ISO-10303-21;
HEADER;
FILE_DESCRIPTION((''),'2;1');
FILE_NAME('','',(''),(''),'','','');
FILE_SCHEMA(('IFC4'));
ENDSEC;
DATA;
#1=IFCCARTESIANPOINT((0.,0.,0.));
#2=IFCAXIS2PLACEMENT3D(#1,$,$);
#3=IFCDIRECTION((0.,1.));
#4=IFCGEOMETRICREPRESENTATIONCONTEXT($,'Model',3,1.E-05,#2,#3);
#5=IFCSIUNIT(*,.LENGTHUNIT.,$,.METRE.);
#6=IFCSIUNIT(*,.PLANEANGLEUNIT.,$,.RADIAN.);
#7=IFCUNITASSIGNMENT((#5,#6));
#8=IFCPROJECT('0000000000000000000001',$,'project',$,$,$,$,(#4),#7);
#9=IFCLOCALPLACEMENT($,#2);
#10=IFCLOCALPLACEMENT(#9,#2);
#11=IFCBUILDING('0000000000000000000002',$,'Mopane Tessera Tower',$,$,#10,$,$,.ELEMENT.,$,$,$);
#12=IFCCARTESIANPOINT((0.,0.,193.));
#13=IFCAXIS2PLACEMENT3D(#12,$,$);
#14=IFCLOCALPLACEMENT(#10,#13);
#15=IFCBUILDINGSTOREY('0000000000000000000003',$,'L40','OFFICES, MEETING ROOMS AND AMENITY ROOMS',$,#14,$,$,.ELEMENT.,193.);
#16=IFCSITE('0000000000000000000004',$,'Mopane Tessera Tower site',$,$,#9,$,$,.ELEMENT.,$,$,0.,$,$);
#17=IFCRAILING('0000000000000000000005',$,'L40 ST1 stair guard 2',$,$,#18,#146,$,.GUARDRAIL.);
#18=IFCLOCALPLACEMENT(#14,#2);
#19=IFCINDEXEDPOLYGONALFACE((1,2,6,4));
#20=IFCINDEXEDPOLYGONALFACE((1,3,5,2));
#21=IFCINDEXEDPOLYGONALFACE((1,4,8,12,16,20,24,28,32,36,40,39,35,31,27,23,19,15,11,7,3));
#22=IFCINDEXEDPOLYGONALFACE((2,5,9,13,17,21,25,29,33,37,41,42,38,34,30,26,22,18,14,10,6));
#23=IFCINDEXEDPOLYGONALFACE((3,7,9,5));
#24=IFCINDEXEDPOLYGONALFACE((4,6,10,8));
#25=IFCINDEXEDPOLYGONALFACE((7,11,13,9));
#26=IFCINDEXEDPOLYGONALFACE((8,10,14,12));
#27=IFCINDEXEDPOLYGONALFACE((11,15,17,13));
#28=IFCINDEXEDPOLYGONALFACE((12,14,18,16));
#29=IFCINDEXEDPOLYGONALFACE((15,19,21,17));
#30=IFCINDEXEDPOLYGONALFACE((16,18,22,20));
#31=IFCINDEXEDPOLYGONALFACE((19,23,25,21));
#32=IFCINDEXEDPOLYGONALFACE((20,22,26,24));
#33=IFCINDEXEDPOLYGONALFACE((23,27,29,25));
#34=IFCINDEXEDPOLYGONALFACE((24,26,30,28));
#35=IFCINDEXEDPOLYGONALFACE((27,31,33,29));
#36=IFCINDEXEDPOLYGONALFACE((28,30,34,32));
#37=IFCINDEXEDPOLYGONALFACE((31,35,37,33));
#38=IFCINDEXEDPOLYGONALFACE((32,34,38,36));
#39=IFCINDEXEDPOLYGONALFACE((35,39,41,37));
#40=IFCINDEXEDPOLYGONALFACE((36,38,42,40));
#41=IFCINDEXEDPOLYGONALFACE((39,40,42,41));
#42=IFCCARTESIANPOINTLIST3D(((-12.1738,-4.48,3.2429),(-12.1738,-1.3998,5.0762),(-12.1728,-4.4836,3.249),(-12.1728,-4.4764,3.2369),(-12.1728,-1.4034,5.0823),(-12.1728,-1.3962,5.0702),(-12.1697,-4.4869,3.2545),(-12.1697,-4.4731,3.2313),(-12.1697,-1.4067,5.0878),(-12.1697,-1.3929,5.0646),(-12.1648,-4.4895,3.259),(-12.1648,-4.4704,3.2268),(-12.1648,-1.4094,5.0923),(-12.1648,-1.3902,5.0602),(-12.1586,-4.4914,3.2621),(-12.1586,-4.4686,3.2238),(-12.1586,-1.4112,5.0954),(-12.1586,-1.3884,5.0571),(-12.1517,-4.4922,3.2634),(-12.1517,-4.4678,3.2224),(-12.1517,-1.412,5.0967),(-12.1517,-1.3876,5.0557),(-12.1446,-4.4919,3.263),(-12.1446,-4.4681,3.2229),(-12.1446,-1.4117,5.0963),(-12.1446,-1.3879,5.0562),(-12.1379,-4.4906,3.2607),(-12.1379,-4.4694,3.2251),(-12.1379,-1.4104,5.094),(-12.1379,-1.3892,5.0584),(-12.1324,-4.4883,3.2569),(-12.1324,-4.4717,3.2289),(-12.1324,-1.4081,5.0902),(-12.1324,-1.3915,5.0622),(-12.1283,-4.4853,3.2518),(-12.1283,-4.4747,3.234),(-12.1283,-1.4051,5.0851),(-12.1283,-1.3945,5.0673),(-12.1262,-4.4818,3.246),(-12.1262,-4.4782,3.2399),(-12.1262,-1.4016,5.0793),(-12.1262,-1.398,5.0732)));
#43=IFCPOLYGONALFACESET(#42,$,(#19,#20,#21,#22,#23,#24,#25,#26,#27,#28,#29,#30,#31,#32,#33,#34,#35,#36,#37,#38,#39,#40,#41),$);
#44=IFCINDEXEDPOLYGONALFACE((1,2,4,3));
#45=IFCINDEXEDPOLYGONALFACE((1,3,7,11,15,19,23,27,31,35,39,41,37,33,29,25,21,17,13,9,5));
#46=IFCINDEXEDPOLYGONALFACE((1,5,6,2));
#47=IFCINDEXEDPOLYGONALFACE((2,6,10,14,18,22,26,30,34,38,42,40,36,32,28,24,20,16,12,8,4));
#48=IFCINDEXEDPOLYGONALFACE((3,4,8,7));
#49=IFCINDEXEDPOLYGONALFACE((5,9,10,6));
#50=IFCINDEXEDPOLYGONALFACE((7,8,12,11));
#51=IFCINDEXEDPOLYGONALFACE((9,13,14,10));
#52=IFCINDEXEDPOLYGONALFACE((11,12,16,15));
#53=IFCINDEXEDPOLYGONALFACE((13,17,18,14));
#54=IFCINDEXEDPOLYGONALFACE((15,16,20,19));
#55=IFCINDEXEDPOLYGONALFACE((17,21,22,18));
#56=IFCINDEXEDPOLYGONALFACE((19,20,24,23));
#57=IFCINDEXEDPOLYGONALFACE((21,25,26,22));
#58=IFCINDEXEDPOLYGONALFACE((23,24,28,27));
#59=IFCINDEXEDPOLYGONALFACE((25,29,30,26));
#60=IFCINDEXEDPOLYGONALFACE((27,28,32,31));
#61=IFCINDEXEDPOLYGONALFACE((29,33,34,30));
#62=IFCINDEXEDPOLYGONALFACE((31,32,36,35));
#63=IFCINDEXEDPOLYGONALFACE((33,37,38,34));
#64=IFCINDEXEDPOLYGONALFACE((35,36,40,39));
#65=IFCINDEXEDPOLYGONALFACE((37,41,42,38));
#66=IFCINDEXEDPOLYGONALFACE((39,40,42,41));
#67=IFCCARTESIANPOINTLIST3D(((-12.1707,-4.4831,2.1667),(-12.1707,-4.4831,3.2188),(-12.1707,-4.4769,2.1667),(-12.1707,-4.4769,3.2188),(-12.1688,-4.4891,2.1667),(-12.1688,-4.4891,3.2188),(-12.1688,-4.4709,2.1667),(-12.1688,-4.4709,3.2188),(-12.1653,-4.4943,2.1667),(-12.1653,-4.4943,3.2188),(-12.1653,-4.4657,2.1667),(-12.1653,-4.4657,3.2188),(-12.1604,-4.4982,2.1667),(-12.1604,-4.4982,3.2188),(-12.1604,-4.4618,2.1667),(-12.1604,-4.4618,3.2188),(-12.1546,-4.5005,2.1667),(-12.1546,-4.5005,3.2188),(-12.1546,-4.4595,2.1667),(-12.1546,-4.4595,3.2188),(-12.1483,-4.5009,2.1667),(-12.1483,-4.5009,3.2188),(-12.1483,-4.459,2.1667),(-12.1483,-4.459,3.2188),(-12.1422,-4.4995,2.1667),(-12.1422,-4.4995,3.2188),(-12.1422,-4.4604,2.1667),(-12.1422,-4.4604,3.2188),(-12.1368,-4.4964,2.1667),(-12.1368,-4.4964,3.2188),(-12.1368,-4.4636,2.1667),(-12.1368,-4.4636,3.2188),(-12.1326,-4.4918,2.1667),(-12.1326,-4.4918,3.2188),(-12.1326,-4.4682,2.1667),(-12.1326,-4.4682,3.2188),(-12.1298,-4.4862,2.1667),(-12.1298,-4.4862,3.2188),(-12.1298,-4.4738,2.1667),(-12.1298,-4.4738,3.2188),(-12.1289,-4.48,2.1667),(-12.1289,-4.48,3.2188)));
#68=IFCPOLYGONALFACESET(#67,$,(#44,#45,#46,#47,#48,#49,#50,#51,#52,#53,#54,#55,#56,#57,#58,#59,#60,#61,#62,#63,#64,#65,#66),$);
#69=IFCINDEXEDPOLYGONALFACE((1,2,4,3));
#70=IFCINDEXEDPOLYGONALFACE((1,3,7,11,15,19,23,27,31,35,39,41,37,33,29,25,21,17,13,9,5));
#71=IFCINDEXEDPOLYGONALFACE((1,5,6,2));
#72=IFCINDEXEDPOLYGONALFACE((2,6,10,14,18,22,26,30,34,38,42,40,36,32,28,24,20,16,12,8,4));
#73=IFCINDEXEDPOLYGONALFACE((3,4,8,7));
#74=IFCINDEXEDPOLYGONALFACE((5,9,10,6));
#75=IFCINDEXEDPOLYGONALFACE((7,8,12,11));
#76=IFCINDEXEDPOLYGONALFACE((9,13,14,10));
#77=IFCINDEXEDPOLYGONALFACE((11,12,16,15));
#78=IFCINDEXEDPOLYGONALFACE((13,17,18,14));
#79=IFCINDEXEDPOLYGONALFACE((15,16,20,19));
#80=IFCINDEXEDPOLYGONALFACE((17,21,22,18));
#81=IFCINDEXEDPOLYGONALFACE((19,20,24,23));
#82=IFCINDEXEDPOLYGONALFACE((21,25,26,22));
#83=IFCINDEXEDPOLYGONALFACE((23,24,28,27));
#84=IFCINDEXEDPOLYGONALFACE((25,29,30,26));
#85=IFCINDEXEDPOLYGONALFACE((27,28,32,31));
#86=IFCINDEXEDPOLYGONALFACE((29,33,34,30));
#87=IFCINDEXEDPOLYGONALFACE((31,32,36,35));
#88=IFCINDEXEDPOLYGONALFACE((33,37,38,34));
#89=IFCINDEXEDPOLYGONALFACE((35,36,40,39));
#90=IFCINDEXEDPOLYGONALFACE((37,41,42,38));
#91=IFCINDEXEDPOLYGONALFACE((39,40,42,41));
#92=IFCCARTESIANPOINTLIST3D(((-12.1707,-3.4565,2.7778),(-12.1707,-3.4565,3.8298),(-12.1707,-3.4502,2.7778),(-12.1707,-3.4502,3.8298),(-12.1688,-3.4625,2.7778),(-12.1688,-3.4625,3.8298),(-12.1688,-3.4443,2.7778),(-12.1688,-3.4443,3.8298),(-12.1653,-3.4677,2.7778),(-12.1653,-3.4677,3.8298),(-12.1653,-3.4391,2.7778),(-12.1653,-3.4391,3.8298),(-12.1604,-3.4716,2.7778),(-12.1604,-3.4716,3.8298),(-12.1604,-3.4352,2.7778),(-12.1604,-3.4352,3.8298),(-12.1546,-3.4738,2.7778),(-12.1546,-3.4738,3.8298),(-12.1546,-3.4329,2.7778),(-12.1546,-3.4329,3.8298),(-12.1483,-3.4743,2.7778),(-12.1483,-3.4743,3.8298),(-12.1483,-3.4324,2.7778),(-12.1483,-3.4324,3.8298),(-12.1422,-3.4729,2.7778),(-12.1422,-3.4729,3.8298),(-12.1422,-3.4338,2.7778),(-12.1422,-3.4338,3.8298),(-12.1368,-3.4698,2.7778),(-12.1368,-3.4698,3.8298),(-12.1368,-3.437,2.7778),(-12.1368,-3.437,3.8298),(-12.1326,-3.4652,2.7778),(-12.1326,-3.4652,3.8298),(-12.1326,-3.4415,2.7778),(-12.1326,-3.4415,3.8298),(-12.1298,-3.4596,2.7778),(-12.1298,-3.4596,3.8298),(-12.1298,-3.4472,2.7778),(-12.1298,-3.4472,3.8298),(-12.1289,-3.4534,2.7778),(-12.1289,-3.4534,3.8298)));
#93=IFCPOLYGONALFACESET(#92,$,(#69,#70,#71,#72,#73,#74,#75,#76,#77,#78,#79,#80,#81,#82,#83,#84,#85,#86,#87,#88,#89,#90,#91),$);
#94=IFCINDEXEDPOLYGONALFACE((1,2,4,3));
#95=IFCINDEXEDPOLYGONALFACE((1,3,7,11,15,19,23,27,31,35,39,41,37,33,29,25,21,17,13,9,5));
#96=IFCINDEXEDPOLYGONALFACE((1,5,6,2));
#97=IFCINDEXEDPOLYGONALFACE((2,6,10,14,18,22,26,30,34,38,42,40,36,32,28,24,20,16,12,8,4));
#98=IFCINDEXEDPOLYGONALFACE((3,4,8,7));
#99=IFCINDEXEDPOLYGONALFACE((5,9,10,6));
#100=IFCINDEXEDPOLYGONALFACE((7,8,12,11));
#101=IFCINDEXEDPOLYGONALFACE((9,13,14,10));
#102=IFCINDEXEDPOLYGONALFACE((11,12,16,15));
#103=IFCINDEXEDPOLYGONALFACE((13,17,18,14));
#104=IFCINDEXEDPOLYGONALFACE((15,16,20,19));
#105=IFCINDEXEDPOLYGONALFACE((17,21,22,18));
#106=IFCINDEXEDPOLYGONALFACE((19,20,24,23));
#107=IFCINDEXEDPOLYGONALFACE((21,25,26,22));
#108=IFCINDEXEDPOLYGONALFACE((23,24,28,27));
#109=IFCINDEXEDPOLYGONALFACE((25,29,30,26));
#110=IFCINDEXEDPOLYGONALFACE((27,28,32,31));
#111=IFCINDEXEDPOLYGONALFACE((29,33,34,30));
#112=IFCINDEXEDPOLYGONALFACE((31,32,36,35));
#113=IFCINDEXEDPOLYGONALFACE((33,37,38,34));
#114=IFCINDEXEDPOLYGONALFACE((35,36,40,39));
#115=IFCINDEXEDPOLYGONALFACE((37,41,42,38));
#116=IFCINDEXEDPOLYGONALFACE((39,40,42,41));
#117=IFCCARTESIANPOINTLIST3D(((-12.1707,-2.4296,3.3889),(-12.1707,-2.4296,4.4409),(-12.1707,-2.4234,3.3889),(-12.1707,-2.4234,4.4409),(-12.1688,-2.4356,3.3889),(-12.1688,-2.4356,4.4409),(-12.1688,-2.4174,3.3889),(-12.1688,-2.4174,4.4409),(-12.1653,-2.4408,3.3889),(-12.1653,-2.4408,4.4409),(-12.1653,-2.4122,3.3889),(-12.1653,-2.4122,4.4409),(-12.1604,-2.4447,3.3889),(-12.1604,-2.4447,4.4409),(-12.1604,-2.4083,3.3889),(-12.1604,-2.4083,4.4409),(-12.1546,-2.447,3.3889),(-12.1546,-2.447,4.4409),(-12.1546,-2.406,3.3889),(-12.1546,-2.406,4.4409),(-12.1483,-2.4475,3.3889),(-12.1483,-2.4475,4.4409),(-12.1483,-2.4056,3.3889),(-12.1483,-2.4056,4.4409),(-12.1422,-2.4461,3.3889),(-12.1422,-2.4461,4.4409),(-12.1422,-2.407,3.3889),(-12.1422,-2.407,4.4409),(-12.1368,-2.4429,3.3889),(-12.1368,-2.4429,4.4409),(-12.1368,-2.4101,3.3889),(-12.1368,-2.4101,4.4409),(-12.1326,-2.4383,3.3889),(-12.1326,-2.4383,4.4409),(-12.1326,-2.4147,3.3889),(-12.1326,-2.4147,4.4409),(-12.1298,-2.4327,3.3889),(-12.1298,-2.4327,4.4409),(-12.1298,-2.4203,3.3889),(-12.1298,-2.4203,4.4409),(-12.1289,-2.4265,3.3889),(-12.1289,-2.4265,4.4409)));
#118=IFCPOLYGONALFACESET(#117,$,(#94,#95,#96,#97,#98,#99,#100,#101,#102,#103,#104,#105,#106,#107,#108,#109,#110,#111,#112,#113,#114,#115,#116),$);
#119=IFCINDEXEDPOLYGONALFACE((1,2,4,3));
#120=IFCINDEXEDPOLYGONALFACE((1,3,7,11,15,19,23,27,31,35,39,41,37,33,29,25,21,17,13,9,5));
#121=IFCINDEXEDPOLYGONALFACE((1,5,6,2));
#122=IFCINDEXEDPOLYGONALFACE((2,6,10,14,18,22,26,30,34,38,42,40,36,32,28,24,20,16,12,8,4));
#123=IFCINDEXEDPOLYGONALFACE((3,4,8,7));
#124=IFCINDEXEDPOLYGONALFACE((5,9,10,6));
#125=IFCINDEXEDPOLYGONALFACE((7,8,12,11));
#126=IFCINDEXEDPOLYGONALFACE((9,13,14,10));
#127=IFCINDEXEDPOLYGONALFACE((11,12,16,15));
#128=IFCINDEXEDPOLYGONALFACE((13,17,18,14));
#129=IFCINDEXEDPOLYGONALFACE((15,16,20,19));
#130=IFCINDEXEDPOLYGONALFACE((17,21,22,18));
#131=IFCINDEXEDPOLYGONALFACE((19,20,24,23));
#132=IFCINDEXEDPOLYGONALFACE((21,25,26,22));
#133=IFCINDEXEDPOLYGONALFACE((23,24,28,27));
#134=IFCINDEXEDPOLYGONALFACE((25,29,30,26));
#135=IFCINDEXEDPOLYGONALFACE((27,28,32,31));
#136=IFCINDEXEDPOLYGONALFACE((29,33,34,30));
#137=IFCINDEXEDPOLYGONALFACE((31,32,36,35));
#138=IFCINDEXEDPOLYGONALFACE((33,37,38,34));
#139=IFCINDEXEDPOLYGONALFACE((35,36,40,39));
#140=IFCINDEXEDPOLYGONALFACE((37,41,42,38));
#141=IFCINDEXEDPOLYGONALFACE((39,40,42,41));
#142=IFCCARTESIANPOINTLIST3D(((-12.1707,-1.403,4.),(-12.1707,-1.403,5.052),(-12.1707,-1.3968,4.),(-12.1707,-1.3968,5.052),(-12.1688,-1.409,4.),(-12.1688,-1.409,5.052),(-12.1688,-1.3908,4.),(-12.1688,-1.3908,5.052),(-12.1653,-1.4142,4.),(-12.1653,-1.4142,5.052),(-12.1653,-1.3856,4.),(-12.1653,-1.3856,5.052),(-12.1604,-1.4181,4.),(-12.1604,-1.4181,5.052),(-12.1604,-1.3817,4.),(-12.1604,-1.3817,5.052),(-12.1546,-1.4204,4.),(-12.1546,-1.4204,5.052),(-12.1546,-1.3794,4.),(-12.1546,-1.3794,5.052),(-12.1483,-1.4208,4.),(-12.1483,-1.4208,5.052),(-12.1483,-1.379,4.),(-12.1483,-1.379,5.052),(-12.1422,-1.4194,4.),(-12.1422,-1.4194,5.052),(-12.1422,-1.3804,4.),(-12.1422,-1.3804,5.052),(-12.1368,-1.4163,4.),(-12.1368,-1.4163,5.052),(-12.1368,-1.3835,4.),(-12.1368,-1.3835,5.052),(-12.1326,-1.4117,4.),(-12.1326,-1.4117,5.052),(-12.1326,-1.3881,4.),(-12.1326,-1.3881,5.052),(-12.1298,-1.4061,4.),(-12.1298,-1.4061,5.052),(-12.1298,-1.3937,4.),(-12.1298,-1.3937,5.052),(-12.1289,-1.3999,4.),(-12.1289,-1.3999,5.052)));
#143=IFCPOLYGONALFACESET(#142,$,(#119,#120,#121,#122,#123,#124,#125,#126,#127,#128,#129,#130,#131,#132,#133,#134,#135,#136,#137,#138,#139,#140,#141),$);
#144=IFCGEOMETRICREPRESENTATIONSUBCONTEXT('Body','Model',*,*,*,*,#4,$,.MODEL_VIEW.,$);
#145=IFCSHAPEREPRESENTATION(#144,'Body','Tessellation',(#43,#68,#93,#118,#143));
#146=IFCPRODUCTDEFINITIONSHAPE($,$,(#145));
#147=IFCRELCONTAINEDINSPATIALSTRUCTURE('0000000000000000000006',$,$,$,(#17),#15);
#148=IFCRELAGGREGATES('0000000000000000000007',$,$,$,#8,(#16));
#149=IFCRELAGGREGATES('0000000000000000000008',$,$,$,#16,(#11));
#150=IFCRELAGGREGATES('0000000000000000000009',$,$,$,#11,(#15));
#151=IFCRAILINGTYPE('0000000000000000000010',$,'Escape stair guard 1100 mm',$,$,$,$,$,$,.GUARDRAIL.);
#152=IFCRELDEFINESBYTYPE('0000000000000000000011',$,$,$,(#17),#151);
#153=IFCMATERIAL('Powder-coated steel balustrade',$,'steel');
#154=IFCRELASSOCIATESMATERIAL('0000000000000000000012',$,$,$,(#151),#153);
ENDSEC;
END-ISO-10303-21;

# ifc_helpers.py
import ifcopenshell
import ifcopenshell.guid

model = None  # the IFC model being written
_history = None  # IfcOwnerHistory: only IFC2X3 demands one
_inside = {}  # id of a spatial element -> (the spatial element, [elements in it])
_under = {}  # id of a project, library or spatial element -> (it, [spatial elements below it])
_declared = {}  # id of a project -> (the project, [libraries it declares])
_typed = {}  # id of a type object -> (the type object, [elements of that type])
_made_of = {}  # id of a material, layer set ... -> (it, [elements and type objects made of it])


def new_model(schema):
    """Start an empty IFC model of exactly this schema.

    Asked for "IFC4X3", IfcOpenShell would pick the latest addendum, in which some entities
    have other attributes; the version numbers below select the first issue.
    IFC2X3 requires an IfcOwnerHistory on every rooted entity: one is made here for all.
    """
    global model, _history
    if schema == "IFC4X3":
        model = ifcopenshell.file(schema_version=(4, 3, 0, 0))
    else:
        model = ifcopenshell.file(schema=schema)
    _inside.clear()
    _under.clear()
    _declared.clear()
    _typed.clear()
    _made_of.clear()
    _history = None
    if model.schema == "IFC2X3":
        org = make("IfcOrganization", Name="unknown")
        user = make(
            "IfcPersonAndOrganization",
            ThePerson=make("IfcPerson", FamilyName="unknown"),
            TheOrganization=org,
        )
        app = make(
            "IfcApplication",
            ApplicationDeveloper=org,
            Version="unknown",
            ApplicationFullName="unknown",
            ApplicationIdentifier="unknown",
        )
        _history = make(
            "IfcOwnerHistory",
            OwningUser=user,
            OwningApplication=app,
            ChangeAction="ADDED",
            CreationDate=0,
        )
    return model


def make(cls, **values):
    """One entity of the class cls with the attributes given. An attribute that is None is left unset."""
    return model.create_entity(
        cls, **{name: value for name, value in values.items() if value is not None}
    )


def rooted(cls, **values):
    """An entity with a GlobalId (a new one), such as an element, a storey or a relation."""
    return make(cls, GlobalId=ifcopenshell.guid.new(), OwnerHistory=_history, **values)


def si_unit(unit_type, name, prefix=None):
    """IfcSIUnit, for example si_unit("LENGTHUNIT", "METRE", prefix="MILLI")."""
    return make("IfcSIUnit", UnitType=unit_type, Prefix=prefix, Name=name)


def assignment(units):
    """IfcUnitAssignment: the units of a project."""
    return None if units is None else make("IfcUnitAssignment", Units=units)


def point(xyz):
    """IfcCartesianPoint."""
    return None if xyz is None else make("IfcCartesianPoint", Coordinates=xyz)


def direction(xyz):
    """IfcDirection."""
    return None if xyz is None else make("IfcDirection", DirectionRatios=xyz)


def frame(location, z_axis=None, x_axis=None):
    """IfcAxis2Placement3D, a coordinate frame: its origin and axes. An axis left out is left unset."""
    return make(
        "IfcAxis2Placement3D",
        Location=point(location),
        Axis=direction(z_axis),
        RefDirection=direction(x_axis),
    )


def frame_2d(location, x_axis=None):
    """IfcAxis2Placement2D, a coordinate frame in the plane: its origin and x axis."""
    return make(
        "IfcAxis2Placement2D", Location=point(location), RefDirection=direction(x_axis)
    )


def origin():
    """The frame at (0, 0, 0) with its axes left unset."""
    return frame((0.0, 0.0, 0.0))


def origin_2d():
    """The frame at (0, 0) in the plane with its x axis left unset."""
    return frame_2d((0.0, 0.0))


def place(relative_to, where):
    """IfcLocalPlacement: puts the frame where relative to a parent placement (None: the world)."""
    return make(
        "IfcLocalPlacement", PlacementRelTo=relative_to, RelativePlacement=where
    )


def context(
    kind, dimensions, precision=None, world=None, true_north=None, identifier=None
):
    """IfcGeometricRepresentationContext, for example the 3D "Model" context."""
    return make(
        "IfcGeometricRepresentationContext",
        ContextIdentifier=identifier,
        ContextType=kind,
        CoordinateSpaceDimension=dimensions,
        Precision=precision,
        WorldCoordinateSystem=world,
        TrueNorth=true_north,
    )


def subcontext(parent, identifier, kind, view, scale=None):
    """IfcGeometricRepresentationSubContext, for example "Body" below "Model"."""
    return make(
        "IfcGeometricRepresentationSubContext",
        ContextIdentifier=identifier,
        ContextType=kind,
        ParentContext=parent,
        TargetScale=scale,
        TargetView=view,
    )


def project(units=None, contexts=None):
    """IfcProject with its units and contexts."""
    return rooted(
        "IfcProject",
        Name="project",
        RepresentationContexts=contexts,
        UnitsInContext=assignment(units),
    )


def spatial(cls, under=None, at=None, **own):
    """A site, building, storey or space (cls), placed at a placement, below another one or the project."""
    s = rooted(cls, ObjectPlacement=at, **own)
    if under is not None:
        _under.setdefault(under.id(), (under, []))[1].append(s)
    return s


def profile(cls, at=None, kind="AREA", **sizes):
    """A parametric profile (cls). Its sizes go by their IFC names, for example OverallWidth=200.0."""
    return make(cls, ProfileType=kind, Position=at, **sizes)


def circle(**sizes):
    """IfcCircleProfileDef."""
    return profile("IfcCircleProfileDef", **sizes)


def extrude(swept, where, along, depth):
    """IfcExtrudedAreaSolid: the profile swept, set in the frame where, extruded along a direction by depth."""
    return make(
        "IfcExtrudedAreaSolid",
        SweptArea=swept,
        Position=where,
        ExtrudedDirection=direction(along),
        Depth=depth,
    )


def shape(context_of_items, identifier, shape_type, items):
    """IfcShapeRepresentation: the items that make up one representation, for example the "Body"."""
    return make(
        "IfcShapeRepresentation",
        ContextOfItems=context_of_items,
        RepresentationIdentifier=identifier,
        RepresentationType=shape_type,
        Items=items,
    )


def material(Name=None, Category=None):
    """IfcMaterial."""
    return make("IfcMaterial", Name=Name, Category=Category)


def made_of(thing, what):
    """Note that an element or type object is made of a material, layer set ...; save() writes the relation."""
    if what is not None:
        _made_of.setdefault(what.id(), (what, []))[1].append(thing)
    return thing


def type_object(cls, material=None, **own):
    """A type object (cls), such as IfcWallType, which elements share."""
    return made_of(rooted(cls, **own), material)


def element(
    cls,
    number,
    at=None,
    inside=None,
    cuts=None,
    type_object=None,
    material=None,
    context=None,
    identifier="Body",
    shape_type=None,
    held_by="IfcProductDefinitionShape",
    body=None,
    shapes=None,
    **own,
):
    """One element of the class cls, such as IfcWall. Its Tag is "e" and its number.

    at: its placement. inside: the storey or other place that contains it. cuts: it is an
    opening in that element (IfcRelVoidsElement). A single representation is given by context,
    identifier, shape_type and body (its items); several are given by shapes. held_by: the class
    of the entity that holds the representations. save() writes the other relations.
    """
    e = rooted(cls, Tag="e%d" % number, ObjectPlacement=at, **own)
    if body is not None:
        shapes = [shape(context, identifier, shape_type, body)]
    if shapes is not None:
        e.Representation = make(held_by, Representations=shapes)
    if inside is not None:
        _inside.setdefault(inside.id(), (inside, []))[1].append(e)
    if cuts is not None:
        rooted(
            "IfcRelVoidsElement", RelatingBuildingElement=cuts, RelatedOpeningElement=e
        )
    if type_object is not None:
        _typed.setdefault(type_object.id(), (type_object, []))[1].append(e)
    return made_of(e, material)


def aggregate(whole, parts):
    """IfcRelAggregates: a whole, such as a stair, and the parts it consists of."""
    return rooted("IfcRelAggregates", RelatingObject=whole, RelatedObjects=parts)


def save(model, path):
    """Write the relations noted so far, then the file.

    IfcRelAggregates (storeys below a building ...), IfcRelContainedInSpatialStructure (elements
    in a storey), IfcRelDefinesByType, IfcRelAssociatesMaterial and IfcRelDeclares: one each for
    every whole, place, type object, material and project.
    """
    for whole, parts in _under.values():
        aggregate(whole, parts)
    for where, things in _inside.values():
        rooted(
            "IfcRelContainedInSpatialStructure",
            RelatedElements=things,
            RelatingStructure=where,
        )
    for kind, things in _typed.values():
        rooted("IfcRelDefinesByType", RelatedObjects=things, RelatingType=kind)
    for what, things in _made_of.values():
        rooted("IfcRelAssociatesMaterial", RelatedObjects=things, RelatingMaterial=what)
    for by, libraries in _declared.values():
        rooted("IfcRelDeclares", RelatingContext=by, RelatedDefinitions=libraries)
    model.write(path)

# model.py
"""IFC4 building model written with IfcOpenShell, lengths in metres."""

from ifc_helpers import new_model, si_unit, direction, frame, origin, origin_2d, place, context, subcontext, project, spatial, circle, extrude, material, type_object, element, save


model = new_model("IFC4")

# Units and contexts
model_context = context("Model", 3, precision=1e-05, world=origin(), true_north=direction((0.0, 1.0)))
body_context = subcontext(model_context, "Body", "Model", "MODEL_VIEW")
ifc_project = project(units=[si_unit("LENGTHUNIT", "METRE"), si_unit("PLANEANGLEUNIT", "RADIAN")], contexts=[model_context])

# Site, building, storey
site_placement = place(None, origin())
site = spatial("IfcSite", under=ifc_project, at=site_placement, Name="Mopane Tessera Tower site", CompositionType="ELEMENT", RefElevation=0.0)
building_placement = place(site_placement, origin())
building = spatial("IfcBuilding", under=site, at=building_placement, Name="Mopane Tessera Tower", CompositionType="ELEMENT")
storey_placement = place(building_placement, frame((0.0, 0.0, 193.0)))
storey = spatial("IfcBuildingStorey", under=building, at=storey_placement, Name="L40", Description="OFFICES, MEETING ROOMS AND AMENITY ROOMS", CompositionType="ELEMENT", Elevation=193.0)

# Railing
ifc_material_1 = material(Name="Powder-coated steel balustrade", Category="steel")
railing_type_1 = type_object("IfcRailingType", Name="Escape stair guard 1100 mm", PredefinedType="GUARDRAIL", material=ifc_material_1)
railing_1_placement = place(storey_placement, frame((-12.1499, -4.48, 2.1667)))
element("IfcRailing", 1, at=railing_1_placement, inside=storey, type_object=railing_type_1, Name="L40 ST1 stair guard 2", PredefinedType="GUARDRAIL", context=body_context, shape_type="SweptSolid", body=[
    extrude(circle(Radius=0.0239, at=origin_2d()), frame((0.0, 0.0, 1.0762), z_axis=(0.0, 0.859309, 0.511458), x_axis=(-1.0, 0.0, 0.0)), (0.0, 0.0, 1.0), 3.5845),
    extrude(circle(Radius=0.021, at=origin_2d()), origin(), (0.0, 0.0, 1.0), 1.052),
    extrude(circle(Radius=0.021, at=origin_2d()), frame((0.0, 1.0266, 0.6111)), (0.0, 0.0, 1.0), 1.052),
    extrude(circle(Radius=0.021, at=origin_2d()), frame((0.0, 2.0535, 1.2222)), (0.0, 0.0, 1.0), 1.052),
    extrude(circle(Radius=0.021, at=origin_2d()), frame((0.0, 3.0801, 1.8333)), (0.0, 0.0, 1.0), 1.052),
])

save(model, "model.ifc")
